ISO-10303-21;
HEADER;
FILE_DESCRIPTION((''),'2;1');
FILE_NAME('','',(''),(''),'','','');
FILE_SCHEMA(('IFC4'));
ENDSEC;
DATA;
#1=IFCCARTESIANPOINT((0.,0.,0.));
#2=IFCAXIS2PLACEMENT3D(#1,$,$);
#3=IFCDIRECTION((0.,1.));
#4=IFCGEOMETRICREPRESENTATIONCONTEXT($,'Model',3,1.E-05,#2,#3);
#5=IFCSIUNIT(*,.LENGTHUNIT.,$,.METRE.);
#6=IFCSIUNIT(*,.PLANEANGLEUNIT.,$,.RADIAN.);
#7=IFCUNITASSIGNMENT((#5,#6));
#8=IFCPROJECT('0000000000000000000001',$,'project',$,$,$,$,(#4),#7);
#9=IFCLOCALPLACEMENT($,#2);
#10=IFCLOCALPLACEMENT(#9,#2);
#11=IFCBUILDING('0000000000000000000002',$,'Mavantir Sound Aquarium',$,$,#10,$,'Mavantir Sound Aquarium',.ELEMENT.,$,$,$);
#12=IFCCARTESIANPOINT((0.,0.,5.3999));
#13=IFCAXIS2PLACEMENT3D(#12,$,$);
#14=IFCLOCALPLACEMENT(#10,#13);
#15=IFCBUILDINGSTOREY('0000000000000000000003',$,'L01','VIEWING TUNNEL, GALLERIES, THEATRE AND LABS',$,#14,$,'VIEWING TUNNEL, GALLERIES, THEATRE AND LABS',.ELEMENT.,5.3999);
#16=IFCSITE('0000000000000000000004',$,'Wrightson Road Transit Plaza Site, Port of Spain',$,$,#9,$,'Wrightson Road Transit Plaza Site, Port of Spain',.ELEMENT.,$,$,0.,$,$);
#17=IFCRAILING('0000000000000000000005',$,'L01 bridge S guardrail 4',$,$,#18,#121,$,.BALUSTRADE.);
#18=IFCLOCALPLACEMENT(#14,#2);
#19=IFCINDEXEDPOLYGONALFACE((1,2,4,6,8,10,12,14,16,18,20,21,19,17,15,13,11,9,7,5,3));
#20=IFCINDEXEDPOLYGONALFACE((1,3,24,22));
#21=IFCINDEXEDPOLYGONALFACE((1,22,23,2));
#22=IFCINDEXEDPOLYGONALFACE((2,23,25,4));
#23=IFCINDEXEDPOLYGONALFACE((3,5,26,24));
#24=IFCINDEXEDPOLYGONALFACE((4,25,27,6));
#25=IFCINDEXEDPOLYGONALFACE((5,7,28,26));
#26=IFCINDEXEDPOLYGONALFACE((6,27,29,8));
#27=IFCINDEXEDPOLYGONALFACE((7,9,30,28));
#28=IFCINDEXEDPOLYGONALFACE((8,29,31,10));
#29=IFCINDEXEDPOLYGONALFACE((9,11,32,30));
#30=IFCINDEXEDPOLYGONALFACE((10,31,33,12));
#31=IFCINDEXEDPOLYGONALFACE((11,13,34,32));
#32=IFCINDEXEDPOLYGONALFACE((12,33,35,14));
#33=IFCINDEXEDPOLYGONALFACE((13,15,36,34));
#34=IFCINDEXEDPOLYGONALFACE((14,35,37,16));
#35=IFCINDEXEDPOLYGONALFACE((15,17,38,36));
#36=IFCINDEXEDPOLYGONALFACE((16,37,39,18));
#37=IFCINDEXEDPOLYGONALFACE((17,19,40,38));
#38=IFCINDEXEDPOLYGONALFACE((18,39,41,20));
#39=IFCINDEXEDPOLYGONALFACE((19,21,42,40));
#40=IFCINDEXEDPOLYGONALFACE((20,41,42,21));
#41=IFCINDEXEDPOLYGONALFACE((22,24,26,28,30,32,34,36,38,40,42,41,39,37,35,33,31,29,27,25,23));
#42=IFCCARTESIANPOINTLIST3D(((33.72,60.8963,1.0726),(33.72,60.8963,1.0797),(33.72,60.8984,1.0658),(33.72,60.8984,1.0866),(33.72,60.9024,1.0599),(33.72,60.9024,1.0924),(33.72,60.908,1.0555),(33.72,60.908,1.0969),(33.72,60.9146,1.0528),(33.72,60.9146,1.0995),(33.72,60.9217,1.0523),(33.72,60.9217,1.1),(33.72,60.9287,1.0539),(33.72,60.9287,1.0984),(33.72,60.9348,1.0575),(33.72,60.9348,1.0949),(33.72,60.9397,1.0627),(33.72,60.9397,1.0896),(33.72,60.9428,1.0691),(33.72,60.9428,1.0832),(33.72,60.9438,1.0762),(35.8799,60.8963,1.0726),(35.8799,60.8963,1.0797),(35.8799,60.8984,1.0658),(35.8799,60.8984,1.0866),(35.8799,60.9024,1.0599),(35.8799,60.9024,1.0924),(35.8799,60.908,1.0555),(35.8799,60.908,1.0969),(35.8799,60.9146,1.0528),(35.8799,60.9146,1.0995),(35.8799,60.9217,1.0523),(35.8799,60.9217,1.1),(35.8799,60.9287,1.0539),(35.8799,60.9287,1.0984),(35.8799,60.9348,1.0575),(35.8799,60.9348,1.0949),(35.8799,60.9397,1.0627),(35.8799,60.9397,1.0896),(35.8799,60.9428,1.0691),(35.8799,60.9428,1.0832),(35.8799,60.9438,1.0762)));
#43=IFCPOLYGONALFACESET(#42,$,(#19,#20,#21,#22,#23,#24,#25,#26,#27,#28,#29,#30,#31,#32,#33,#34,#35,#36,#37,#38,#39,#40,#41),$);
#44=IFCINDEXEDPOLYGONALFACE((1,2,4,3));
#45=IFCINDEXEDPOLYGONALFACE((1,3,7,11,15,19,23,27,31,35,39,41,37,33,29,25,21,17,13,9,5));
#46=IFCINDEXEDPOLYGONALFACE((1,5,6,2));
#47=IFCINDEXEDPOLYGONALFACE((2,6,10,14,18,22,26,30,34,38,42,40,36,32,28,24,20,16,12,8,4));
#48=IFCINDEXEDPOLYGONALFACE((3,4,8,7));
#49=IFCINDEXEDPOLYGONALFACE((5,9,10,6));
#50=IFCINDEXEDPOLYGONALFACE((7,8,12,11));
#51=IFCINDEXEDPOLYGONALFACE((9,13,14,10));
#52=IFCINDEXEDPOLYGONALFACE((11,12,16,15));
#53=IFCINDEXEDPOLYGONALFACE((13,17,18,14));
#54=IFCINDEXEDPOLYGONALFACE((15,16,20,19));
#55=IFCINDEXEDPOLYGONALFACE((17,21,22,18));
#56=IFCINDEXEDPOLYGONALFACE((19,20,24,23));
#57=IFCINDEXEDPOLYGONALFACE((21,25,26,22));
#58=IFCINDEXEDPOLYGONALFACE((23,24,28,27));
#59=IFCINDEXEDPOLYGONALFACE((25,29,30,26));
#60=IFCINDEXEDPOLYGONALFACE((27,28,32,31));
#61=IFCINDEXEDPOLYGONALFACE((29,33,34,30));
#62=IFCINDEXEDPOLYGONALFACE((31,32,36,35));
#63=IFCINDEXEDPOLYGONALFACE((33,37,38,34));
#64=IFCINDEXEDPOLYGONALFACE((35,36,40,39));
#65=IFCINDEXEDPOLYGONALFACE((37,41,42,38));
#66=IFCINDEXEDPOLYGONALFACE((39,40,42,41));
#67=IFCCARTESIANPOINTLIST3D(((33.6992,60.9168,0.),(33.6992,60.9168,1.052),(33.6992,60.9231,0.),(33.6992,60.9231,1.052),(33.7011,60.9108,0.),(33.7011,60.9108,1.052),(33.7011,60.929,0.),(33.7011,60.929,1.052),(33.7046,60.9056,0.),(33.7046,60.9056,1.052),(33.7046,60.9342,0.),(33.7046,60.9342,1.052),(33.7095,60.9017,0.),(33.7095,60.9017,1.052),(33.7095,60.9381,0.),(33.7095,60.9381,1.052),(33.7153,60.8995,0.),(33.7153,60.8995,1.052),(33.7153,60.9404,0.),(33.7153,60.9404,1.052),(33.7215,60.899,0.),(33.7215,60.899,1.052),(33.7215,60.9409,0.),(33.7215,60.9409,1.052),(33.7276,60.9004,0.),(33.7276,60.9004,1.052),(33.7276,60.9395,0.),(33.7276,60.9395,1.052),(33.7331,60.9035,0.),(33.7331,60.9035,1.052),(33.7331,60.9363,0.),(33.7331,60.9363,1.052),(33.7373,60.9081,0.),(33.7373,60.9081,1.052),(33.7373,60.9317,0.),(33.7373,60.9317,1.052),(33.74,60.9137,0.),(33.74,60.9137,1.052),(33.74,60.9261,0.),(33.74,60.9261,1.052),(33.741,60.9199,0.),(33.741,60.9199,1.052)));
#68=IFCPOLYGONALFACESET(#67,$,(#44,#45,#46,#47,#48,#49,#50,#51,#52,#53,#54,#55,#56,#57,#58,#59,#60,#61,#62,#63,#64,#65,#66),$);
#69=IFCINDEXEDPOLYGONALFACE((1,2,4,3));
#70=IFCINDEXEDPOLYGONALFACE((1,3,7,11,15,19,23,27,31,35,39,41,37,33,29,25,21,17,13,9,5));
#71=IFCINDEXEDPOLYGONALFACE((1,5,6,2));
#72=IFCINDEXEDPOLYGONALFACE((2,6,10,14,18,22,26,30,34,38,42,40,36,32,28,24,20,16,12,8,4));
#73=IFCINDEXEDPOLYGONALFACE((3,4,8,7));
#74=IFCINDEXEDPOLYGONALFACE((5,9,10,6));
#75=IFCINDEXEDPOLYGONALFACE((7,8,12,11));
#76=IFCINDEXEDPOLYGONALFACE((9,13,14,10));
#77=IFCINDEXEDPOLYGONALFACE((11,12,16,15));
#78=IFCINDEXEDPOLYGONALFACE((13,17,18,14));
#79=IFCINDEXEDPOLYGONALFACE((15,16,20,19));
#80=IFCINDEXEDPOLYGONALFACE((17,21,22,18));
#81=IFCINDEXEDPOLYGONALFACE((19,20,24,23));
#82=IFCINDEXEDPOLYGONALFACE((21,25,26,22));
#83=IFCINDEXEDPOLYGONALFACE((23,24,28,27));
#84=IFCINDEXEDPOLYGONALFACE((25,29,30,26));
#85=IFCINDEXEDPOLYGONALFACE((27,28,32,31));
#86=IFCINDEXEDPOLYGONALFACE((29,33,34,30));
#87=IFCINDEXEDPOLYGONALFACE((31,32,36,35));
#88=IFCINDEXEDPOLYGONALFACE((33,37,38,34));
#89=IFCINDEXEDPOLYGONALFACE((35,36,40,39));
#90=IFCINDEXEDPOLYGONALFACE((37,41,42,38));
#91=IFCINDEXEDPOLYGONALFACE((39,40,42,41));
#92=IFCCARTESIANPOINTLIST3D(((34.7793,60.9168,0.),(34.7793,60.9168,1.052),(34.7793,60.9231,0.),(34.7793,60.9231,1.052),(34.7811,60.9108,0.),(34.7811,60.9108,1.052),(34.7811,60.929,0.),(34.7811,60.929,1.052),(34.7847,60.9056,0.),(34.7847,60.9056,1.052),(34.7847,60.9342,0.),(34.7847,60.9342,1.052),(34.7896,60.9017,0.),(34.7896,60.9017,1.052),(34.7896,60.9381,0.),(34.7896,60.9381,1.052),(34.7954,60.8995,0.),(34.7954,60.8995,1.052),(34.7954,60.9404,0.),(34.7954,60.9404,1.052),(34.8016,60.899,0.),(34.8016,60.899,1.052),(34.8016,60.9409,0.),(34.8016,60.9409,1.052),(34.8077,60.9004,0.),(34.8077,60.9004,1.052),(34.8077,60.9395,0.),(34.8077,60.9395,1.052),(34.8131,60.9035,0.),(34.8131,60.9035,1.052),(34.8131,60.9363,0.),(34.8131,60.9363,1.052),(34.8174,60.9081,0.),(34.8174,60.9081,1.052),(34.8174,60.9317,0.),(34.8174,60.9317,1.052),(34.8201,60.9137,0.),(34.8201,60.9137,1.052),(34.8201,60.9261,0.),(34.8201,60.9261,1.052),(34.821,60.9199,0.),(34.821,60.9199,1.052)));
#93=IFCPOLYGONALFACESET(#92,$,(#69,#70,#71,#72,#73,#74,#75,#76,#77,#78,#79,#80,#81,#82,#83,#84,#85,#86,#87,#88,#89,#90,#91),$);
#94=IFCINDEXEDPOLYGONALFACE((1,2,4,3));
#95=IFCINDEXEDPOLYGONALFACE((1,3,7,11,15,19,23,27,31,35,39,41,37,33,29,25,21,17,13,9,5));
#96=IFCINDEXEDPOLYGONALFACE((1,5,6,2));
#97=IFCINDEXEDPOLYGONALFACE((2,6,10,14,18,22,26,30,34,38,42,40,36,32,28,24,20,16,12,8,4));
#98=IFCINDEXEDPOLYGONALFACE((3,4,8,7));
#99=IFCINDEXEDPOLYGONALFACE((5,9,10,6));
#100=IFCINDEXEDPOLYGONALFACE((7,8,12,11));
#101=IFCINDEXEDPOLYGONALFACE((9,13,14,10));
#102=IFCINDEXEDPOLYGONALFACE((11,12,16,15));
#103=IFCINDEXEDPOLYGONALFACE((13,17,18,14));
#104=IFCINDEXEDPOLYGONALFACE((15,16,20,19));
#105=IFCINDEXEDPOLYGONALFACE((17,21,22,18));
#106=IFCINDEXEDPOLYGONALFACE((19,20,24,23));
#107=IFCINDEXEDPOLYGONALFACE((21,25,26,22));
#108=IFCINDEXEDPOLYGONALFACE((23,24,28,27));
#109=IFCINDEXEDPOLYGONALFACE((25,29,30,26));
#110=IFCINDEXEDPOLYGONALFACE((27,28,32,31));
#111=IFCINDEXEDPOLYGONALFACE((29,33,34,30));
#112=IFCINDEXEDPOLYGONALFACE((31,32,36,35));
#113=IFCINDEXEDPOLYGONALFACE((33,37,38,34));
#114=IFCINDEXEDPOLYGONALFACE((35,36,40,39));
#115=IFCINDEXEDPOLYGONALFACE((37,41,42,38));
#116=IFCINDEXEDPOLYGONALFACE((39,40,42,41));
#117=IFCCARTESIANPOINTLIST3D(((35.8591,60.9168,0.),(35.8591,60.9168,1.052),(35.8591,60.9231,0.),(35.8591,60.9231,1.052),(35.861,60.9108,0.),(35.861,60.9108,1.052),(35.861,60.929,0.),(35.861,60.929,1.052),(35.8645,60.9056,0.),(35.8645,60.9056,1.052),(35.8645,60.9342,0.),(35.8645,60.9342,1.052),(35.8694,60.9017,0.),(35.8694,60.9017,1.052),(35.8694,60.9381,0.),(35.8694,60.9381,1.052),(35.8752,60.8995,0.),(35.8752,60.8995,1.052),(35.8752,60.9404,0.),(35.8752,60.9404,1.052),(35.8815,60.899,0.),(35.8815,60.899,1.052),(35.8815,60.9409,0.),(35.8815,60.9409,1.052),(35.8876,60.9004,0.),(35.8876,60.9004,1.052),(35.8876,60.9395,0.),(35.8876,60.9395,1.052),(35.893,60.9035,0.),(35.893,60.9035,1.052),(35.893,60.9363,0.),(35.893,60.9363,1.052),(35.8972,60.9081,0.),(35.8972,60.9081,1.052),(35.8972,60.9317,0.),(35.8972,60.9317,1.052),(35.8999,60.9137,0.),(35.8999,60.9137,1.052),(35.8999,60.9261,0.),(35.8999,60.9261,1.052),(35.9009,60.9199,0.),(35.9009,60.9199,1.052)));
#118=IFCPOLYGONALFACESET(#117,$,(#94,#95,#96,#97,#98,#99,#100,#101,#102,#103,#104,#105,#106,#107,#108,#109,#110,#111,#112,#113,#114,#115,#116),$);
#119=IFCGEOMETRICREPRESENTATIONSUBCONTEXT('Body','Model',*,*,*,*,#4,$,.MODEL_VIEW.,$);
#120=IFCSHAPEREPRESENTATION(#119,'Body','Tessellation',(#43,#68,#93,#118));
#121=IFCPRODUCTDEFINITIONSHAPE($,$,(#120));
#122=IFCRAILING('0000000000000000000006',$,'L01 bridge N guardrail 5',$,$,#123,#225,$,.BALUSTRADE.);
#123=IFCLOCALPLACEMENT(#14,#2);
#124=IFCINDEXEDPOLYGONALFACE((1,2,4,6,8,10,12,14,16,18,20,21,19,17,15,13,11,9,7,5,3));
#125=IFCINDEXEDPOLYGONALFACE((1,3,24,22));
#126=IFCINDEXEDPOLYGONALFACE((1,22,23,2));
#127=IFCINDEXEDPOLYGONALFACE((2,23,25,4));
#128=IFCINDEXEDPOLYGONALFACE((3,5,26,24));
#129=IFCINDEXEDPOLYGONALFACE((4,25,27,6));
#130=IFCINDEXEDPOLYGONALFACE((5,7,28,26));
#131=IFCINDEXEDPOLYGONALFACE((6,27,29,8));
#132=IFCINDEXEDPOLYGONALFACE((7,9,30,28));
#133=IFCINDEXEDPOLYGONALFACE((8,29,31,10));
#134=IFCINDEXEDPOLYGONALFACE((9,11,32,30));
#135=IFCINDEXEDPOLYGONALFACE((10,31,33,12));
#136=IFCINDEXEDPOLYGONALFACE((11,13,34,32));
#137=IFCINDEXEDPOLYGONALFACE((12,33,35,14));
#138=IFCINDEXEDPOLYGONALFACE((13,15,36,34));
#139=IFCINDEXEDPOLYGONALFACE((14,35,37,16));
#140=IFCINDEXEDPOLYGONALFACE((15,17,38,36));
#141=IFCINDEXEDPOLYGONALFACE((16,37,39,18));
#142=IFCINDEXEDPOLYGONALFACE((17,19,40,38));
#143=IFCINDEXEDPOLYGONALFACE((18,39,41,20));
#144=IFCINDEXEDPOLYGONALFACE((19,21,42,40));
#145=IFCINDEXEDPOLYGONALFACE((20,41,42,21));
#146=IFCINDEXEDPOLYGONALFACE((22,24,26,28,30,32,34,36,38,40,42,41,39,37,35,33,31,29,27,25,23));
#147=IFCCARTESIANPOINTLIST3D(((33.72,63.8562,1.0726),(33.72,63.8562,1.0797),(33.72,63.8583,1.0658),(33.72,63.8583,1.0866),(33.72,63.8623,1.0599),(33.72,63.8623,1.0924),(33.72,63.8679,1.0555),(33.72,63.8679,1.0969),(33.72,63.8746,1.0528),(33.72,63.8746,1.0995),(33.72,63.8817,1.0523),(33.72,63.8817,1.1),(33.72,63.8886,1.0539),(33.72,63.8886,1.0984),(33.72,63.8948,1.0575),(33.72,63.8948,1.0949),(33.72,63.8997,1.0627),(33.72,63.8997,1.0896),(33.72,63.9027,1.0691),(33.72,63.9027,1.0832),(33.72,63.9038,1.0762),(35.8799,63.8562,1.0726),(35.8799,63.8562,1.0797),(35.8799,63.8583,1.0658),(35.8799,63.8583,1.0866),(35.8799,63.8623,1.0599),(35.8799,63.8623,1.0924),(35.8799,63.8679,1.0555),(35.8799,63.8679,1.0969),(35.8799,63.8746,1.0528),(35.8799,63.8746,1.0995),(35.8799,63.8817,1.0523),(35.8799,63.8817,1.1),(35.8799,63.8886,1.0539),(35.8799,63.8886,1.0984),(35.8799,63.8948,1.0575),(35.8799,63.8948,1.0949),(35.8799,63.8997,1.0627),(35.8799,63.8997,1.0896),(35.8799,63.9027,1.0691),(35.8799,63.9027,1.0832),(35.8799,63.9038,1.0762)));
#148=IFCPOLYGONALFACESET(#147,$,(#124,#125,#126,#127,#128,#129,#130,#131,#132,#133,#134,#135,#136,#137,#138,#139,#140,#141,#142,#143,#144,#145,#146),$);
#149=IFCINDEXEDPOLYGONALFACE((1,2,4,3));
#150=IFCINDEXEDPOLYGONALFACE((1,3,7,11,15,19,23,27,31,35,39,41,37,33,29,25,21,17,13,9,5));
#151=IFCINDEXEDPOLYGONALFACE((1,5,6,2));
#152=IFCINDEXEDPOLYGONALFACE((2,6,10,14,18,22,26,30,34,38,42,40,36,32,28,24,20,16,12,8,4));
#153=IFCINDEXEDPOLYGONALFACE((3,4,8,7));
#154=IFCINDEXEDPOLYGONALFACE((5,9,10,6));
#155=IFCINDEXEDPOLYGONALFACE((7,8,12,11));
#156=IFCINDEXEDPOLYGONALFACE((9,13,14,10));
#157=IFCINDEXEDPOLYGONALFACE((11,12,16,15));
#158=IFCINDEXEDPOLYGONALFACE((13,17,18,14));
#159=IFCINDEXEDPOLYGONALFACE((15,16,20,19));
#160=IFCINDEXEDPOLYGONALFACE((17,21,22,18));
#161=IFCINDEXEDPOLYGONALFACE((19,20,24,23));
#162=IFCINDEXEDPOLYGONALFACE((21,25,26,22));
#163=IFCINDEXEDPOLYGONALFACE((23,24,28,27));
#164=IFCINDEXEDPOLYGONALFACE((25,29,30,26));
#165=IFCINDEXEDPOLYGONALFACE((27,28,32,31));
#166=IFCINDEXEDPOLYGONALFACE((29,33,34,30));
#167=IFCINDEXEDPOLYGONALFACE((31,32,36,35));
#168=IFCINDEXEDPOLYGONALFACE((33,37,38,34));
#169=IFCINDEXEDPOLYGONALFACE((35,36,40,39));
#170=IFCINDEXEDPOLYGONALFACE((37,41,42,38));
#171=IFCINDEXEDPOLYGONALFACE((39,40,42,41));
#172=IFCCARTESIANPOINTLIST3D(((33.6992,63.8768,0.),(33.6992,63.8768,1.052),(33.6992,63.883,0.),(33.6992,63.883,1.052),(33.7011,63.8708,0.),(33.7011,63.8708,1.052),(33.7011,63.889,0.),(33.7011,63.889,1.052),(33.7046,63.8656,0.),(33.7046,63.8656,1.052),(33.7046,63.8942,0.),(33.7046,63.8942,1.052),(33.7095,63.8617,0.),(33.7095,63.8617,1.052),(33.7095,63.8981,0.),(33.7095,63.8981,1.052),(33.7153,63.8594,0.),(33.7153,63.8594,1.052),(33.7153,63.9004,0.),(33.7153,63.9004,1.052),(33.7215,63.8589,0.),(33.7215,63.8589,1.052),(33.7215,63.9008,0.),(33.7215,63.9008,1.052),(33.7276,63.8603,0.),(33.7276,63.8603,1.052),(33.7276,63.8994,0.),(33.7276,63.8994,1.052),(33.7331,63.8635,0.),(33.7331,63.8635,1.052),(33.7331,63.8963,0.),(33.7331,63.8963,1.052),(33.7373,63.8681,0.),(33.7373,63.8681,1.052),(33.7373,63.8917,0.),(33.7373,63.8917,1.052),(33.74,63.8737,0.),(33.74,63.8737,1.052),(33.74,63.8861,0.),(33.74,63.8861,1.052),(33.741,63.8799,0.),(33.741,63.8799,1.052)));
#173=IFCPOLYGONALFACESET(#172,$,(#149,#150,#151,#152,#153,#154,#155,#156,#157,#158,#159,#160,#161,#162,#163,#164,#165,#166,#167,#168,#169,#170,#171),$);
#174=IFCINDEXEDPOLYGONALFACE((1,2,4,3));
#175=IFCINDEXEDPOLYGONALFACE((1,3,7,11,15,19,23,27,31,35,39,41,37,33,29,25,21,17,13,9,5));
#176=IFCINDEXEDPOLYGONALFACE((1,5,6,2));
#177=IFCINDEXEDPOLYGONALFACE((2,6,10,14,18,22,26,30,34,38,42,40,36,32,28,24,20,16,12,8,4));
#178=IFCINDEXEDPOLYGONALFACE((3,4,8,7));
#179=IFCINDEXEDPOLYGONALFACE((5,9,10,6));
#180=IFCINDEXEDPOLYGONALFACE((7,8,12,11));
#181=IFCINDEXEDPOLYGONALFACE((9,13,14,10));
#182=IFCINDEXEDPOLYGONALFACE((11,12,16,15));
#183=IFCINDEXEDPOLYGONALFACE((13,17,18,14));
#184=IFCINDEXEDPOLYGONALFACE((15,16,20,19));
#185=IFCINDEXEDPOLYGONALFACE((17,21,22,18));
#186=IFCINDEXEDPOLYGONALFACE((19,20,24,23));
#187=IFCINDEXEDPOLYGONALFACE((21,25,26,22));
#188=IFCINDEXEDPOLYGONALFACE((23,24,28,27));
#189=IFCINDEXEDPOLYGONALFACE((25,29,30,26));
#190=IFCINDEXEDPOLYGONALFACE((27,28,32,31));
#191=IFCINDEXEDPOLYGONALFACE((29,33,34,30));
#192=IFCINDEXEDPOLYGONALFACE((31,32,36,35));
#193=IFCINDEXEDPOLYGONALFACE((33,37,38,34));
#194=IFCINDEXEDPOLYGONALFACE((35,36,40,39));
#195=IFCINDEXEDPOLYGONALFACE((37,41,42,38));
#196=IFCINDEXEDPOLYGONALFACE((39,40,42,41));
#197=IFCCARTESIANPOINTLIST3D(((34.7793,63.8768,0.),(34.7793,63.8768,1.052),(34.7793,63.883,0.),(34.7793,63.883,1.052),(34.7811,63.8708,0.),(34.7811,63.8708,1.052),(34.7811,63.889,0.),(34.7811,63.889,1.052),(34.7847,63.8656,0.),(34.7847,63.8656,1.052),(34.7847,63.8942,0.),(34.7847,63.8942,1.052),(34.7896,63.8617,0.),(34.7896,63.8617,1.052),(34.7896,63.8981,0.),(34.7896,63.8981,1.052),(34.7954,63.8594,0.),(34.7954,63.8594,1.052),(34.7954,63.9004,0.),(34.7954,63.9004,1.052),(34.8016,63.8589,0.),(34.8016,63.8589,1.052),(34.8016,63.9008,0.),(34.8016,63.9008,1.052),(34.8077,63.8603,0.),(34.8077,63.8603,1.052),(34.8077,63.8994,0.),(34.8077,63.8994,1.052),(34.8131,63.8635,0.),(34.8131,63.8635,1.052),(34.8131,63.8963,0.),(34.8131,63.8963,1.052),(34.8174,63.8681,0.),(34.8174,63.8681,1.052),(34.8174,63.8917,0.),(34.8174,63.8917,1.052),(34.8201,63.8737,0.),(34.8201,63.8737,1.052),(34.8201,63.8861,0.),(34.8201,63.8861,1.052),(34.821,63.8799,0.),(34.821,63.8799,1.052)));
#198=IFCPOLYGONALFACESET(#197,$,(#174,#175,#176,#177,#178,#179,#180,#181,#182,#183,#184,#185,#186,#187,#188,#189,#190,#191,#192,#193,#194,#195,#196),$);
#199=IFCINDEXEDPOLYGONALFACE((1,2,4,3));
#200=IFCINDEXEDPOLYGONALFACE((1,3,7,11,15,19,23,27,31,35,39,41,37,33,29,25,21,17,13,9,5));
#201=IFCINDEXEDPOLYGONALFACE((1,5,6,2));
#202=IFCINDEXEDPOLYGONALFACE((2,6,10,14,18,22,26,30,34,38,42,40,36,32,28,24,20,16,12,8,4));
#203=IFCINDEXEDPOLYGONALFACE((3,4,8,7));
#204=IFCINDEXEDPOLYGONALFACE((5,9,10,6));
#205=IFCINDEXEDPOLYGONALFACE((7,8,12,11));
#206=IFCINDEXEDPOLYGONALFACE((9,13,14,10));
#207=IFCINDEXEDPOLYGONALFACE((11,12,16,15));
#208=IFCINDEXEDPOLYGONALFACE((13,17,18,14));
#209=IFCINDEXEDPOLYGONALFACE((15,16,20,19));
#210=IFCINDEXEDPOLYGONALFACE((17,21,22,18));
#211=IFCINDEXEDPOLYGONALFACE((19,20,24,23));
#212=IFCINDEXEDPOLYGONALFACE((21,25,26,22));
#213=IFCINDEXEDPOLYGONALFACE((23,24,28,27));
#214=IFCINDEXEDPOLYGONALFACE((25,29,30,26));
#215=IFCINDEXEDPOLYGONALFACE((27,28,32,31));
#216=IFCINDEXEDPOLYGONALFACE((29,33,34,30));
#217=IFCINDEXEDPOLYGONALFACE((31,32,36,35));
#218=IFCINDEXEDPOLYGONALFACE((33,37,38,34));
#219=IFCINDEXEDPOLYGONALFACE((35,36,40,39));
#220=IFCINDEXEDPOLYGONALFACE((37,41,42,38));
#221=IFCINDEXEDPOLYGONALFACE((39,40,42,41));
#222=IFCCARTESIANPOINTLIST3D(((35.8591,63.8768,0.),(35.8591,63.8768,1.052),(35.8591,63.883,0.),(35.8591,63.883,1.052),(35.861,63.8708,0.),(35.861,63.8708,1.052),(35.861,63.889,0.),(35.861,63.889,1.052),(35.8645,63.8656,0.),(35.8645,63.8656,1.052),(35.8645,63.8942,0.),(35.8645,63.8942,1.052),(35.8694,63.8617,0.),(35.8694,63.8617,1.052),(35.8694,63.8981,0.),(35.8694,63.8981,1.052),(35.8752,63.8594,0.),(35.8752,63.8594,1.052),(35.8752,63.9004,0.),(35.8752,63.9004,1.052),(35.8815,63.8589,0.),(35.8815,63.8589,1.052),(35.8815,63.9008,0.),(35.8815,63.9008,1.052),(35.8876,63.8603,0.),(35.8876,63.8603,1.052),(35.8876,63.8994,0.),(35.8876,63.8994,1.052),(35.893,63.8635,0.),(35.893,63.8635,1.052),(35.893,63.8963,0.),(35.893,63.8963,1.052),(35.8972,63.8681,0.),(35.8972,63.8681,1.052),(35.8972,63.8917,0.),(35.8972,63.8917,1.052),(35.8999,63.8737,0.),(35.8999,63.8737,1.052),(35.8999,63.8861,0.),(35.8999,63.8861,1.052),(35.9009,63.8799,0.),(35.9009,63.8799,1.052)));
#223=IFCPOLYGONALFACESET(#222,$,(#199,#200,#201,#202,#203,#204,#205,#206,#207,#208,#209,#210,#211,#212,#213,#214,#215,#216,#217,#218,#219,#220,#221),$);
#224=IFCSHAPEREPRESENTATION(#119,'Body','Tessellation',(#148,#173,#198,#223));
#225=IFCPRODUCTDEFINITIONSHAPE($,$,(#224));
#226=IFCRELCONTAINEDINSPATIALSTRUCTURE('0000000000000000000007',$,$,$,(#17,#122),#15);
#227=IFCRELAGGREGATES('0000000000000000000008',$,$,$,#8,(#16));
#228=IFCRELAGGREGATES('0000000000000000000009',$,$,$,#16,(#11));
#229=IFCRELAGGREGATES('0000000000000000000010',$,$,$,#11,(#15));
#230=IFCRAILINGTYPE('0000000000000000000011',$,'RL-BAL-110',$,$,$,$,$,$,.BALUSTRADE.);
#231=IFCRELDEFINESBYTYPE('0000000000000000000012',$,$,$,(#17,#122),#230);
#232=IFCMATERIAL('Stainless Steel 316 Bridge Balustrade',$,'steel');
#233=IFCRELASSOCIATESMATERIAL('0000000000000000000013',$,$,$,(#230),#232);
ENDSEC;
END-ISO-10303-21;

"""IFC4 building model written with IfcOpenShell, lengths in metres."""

from ifc_helpers import new_model, si_unit, direction, frame, origin, origin_2d, place, context, subcontext, project, spatial, circle, extrude, material, type_object, element, save


model = new_model("IFC4")

# Units and contexts
model_context = context("Model", 3, precision=1e-05, world=origin(), true_north=direction((0.0, 1.0)))
body_context = subcontext(model_context, "Body", "Model", "MODEL_VIEW")
ifc_project = project(units=[si_unit("LENGTHUNIT", "METRE"), si_unit("PLANEANGLEUNIT", "RADIAN")], contexts=[model_context])

# Site, building, storey
site_placement = place(None, origin())
site = spatial("IfcSite", under=ifc_project, at=site_placement, Name="Wrightson Road Transit Plaza Site, Port of Spain", LongName="Wrightson Road Transit Plaza Site, Port of Spain", CompositionType="ELEMENT", RefElevation=0.0)
building_placement = place(site_placement, origin())
building = spatial("IfcBuilding", under=site, at=building_placement, Name="Mavantir Sound Aquarium", LongName="Mavantir Sound Aquarium", CompositionType="ELEMENT")
storey_placement = place(building_placement, frame((0.0, 0.0, 5.3999)))
storey = spatial("IfcBuildingStorey", under=building, at=storey_placement, Name="L01", Description="VIEWING TUNNEL, GALLERIES, THEATRE AND LABS", LongName="VIEWING TUNNEL, GALLERIES, THEATRE AND LABS", CompositionType="ELEMENT", Elevation=5.3999)

# Railings
ifc_material_1 = material(Name="Stainless Steel 316 Bridge Balustrade", Category="steel")
railing_type = type_object("IfcRailingType", Name="RL-BAL-110", PredefinedType="BALUSTRADE", material=ifc_material_1)
for number, where, name in (
    (1, (33.72, 60.9199, 0.0), "L01 bridge S guardrail 4"),
    (2, (33.72, 63.8799, 0.0), "L01 bridge N guardrail 5"),
):
    element("IfcRailing", number, at=place(storey_placement, frame(where)), inside=storey, type_object=railing_type, Name=name, PredefinedType="BALUSTRADE", context=body_context, shape_type="SweptSolid", body=[
        extrude(circle(Radius=0.0239, at=origin_2d()), frame((0.0, 0.0, 1.0762), z_axis=(1.0, 0.0, 0.0), x_axis=(0.0, 1.0, 0.0)), (0.0, 0.0, 1.0), 2.1599),
        extrude(circle(Radius=0.021, at=origin_2d()), origin(), (0.0, 0.0, 1.0), 1.052),
        extrude(circle(Radius=0.021, at=origin_2d()), frame((1.0801, 0.0, 0.0)), (0.0, 0.0, 1.0), 1.052),
        extrude(circle(Radius=0.021, at=origin_2d()), frame((2.1599, 0.0, 0.0)), (0.0, 0.0, 1.0), 1.052),
    ])

save(model, "model.ifc")
